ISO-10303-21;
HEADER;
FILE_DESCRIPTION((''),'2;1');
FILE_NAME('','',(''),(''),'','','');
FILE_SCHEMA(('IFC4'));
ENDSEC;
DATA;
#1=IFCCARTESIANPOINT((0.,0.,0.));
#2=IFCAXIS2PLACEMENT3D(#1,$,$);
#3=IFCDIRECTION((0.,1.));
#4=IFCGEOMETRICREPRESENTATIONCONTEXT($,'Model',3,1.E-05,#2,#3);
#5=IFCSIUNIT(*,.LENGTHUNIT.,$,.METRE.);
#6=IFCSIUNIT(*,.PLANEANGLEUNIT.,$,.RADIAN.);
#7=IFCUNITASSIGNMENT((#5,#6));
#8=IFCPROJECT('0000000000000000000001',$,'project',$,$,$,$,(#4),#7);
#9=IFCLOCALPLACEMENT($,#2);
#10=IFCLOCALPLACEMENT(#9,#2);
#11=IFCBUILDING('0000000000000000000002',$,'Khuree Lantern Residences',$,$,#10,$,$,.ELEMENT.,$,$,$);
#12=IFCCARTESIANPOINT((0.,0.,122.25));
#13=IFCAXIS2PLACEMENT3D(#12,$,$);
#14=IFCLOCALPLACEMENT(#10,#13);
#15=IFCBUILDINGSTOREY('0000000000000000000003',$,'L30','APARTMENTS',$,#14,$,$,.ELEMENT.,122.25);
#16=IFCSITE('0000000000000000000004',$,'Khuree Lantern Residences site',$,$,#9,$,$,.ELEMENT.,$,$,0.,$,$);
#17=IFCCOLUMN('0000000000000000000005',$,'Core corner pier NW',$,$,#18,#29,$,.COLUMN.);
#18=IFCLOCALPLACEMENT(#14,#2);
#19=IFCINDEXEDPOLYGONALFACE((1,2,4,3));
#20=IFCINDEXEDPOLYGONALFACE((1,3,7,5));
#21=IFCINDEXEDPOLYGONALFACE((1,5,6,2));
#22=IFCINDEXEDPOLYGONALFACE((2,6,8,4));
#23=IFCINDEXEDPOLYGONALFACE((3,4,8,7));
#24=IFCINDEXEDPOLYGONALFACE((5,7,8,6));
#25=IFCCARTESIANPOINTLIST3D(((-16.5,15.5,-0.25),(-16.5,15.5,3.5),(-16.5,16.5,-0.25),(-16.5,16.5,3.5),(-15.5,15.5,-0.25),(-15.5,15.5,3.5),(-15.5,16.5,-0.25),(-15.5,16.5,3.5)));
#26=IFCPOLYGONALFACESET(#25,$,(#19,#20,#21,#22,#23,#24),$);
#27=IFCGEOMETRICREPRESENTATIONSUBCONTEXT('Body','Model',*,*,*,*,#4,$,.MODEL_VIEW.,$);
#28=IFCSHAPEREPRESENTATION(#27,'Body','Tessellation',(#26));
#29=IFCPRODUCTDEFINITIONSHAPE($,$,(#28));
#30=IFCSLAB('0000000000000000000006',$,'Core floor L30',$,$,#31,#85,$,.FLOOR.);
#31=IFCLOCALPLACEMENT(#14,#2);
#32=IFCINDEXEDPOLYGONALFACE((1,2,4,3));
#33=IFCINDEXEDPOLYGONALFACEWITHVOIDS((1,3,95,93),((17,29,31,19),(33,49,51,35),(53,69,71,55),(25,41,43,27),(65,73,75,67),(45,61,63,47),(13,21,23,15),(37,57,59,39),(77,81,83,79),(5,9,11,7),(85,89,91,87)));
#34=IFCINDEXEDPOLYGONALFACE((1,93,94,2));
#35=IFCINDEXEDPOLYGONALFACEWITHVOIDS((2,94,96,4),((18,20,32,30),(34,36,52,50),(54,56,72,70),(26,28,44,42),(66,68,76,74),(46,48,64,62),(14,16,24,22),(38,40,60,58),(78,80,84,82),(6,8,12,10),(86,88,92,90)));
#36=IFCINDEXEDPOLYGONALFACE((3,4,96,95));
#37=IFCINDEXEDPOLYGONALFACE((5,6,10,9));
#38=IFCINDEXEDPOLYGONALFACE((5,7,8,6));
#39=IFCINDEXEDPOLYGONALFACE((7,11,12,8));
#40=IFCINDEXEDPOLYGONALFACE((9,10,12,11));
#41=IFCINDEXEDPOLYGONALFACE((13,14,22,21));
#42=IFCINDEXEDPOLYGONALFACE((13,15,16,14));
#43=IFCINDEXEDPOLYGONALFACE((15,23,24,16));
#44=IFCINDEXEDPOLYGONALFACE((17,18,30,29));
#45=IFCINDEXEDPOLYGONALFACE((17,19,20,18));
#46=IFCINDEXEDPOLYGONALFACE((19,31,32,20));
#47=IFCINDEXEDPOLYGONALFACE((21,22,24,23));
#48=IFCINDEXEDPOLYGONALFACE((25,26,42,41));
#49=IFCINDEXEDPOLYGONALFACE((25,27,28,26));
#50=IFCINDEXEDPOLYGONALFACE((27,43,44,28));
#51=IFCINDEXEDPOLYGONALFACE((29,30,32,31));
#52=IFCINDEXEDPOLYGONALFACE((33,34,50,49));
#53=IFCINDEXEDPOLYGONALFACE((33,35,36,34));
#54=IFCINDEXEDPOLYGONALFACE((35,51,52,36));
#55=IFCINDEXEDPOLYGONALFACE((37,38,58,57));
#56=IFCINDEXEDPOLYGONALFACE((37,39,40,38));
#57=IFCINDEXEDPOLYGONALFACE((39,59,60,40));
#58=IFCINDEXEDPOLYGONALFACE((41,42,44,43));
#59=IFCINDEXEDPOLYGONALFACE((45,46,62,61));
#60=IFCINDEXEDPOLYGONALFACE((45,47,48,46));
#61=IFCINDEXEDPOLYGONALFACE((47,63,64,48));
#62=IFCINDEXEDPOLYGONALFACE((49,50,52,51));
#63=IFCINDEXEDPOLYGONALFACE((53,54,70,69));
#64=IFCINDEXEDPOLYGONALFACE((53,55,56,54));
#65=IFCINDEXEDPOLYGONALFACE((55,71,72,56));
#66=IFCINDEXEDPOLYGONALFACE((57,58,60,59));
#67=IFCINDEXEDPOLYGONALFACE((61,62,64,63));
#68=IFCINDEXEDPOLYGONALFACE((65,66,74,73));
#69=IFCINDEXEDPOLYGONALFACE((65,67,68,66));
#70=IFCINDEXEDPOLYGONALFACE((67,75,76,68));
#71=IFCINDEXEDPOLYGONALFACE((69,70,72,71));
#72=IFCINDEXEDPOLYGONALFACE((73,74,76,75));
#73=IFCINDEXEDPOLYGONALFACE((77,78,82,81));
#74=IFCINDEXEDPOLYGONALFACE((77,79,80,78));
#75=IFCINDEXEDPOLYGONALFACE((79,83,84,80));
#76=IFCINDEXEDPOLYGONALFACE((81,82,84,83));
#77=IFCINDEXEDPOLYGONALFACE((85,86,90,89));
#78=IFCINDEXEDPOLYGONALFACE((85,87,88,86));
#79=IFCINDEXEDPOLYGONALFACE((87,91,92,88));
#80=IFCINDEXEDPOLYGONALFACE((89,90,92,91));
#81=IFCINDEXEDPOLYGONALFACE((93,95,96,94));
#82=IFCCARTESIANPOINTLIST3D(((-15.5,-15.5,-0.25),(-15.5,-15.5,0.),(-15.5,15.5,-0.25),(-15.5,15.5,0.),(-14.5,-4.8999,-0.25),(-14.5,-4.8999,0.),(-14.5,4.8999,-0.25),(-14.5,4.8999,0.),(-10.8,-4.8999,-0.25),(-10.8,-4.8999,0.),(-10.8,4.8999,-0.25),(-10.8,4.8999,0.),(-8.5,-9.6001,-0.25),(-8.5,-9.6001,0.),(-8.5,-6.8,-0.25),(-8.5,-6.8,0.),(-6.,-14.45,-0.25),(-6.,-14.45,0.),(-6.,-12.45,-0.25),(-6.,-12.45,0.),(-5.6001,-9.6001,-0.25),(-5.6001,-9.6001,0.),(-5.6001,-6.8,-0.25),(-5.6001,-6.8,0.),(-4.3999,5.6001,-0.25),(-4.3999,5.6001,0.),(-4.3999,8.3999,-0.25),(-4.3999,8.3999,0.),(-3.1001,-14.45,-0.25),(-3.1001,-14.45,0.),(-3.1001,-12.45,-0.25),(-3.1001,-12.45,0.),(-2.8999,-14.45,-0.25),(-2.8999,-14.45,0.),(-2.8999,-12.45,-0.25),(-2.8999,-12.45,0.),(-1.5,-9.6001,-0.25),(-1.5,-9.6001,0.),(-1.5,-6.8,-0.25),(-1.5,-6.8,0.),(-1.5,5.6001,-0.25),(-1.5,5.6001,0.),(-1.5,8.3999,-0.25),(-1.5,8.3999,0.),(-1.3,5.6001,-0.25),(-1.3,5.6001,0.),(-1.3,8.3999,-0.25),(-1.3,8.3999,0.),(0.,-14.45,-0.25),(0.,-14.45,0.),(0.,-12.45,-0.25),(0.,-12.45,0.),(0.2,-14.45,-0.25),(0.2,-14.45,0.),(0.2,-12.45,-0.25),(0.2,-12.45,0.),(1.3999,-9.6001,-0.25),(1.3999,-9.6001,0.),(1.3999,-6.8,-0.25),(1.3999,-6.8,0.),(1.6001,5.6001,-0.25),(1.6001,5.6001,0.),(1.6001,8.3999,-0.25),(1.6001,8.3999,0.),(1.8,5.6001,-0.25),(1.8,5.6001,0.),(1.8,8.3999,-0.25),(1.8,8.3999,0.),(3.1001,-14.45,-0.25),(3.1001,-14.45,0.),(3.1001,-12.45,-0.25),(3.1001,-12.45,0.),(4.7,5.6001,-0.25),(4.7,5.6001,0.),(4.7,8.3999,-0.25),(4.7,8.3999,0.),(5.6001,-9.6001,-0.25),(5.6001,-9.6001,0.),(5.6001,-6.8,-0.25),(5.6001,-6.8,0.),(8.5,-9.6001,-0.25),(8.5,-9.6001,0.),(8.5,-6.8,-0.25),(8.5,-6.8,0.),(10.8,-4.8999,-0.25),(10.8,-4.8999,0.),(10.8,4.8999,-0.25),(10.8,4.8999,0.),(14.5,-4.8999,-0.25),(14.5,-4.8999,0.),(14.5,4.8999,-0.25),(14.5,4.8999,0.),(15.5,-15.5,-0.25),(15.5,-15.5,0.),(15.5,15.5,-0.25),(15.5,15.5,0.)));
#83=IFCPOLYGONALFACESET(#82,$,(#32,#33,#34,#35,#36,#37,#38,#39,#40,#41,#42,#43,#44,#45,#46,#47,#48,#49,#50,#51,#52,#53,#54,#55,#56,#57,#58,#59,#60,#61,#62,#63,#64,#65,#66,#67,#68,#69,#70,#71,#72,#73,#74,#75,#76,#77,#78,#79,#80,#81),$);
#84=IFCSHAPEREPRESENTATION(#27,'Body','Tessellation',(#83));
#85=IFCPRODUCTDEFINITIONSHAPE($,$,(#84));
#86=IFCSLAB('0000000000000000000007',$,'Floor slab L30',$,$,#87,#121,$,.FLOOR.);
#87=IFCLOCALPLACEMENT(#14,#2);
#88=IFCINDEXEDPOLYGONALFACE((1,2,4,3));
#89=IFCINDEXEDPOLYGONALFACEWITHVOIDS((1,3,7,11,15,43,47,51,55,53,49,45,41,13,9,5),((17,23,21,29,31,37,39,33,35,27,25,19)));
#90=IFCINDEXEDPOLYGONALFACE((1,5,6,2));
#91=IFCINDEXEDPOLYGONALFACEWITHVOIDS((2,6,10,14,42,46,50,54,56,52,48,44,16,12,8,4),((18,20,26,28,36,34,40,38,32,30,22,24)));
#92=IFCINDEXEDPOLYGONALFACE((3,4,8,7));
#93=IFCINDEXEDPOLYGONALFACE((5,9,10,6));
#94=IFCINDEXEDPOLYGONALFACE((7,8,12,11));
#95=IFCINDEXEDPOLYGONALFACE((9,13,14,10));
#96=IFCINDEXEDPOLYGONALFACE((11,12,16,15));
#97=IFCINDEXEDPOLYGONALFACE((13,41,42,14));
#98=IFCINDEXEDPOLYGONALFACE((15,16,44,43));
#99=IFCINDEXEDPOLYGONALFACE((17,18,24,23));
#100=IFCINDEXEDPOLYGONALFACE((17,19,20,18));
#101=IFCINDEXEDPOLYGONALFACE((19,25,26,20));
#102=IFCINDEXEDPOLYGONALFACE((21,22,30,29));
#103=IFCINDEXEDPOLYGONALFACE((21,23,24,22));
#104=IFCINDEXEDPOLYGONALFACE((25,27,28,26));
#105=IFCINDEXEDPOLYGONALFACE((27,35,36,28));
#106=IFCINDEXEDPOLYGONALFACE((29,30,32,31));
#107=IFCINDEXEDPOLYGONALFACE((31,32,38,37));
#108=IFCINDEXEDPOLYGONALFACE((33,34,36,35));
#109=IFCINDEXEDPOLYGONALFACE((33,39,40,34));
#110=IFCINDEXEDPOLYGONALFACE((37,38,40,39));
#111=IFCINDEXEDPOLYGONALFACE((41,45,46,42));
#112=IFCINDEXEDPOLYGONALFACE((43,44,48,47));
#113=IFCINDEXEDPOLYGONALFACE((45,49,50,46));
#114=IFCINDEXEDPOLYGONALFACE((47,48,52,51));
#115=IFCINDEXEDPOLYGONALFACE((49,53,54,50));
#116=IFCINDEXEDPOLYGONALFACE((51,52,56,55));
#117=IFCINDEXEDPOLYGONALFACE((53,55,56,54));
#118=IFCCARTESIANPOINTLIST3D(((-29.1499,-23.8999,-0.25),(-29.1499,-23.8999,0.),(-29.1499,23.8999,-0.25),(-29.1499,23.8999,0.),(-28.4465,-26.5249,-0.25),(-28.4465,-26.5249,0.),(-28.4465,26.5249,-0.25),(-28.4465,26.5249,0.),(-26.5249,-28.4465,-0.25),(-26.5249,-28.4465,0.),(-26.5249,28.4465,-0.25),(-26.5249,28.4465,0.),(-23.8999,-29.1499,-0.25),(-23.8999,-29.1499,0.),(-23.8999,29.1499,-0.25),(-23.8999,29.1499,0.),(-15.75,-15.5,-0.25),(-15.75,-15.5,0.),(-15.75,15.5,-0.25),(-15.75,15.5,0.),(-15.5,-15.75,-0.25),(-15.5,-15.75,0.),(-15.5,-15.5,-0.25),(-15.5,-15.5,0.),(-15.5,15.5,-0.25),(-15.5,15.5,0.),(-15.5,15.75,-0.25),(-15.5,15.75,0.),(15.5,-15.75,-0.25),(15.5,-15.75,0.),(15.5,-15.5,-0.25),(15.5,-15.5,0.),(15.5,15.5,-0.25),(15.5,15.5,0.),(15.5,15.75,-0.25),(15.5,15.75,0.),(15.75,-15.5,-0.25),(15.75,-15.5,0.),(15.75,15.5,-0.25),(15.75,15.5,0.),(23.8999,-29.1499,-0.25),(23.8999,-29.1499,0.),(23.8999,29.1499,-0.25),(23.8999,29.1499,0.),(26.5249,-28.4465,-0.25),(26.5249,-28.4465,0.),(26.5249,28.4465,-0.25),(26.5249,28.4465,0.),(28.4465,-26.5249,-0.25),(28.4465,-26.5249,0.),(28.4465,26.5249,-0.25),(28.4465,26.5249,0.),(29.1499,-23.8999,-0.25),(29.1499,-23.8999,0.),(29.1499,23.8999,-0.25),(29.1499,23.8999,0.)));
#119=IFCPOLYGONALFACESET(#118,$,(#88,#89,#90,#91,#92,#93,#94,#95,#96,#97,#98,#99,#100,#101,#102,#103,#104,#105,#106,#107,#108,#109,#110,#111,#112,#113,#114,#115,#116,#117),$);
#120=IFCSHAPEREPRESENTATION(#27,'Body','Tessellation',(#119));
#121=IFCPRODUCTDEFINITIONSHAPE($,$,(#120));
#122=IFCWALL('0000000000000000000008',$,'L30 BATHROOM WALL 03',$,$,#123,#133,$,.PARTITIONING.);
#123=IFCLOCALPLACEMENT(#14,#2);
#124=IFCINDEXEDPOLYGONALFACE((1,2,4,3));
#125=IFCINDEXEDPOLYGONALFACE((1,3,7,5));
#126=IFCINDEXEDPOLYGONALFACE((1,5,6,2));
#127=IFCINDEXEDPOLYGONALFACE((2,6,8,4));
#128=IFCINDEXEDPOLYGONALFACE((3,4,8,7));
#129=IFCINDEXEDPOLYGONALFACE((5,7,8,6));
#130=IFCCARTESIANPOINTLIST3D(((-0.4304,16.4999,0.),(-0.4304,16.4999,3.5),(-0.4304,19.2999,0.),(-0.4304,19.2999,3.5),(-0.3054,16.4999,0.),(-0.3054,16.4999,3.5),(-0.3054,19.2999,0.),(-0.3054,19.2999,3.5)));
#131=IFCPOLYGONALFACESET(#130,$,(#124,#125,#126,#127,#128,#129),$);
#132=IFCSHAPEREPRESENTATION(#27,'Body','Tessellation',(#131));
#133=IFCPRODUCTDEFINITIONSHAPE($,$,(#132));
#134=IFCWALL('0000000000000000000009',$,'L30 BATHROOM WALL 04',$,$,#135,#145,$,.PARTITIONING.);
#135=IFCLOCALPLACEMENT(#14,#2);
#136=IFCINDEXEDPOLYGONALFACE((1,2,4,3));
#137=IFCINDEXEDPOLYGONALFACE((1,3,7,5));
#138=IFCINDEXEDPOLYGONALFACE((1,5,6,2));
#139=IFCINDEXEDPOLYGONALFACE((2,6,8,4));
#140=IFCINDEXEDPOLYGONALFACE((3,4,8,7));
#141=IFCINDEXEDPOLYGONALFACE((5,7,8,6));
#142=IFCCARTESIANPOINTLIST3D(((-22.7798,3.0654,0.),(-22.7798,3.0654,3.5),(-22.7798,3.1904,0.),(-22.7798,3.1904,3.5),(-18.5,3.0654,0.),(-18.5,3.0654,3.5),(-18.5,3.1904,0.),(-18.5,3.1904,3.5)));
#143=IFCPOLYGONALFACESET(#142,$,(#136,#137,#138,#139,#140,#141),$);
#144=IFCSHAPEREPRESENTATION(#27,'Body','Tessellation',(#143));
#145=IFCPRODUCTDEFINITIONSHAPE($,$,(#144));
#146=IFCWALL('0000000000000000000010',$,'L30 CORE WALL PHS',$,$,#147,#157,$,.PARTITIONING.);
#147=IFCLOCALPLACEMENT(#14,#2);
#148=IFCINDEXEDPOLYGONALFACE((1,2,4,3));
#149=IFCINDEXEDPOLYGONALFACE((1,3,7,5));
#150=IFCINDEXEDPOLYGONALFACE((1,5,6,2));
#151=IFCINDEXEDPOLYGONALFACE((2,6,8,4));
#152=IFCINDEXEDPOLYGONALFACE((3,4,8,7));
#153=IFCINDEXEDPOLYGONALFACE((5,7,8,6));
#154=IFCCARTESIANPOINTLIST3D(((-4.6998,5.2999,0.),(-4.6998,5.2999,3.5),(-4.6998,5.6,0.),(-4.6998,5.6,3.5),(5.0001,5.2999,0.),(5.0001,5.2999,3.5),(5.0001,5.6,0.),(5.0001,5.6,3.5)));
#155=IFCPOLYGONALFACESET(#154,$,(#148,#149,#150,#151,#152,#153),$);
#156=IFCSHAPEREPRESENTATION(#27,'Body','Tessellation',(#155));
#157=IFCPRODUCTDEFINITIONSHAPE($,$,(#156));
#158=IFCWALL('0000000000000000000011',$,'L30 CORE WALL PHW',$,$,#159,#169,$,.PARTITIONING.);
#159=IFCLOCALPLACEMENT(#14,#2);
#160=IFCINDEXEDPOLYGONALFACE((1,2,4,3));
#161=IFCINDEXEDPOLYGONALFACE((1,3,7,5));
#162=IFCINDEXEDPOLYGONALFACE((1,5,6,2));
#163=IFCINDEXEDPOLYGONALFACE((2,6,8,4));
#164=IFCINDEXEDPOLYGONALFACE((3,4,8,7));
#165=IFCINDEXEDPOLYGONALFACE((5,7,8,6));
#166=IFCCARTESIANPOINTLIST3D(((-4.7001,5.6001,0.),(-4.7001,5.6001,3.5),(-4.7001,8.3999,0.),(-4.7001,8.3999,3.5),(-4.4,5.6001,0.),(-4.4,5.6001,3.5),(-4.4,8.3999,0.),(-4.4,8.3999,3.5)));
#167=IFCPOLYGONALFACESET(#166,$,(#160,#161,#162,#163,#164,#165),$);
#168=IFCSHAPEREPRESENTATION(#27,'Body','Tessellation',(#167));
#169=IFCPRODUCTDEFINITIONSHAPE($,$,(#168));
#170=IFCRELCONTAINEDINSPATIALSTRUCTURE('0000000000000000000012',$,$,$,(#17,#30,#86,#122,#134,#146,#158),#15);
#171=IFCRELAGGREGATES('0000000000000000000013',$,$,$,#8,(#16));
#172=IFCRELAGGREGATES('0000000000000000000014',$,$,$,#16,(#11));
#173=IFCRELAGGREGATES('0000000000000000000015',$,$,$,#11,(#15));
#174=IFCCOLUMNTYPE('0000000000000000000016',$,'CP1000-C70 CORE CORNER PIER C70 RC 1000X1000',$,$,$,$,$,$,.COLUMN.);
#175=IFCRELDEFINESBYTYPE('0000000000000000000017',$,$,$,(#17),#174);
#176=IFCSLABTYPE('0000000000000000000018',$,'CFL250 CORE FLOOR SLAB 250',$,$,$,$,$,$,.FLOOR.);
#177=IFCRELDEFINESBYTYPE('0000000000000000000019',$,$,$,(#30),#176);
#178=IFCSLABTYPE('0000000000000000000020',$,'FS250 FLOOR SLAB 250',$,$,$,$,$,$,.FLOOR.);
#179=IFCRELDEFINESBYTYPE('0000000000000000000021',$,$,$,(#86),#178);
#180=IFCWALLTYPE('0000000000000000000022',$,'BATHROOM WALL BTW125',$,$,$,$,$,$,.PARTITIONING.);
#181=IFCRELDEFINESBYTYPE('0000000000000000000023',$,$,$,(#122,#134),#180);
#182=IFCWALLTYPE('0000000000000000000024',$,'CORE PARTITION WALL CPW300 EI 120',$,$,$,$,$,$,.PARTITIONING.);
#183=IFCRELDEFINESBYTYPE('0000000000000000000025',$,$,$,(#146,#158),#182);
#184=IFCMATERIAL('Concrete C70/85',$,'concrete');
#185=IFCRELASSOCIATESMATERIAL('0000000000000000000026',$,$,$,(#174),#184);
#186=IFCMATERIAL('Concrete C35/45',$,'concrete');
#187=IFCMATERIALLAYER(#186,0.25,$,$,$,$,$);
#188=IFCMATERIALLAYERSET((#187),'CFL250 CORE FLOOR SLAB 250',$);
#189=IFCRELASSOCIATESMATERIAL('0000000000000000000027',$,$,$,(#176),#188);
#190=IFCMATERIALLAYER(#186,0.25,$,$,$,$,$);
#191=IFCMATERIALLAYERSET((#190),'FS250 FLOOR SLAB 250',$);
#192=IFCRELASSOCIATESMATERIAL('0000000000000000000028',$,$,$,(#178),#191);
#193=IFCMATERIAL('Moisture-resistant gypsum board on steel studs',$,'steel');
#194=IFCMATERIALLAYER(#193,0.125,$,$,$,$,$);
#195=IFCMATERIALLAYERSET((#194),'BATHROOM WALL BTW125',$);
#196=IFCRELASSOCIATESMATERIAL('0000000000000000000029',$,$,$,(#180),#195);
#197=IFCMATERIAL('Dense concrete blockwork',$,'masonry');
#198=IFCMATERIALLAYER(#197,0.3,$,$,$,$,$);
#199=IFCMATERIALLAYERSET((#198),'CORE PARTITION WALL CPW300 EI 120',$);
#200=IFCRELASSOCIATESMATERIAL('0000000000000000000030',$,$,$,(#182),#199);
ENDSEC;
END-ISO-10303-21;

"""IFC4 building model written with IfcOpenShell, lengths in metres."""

from ifc_helpers import new_model, si_unit, direction, frame, frame_2d, origin, origin_2d, place, context, subcontext, project, spatial, polyline, rectangle, outline, extrude, material, layer, layer_set, material_profile, profile_set, type_object, element, save


model = new_model("IFC4")

# Units and contexts
model_context = context("Model", 3, precision=1e-05, world=origin(), true_north=direction((0.0, 1.0)))
body_context = subcontext(model_context, "Body", "Model", "MODEL_VIEW")
ifc_project = project(units=[si_unit("LENGTHUNIT", "METRE"), si_unit("PLANEANGLEUNIT", "RADIAN")], contexts=[model_context])

# Site, building, storey
site_placement = place(None, origin())
site = spatial("IfcSite", under=ifc_project, at=site_placement, Name="Khuree Lantern Residences site", CompositionType="ELEMENT", RefElevation=0.0)
building_placement = place(site_placement, origin())
building = spatial("IfcBuilding", under=site, at=building_placement, Name="Khuree Lantern Residences", CompositionType="ELEMENT")
storey_placement = place(building_placement, frame((0.0, 0.0, 122.25)))
storey = spatial("IfcBuildingStorey", under=building, at=storey_placement, Name="L30", Description="APARTMENTS", CompositionType="ELEMENT", Elevation=122.25)

# Column
ifc_material_1 = material(Name="Concrete C70/85", Category="concrete")
ifc_material_profile = material_profile(ifc_material_1, rectangle(XDim=1.0, YDim=1.0, at=origin_2d()), Name="RC 1000X1000")
ifc_profile_set = profile_set([ifc_material_profile], Name="Concrete C70/85")
column_type = type_object("IfcColumnType", Name="CP1000-C70 CORE CORNER PIER C70 RC 1000X1000", PredefinedType="COLUMN", material=ifc_profile_set)
column_placement = place(storey_placement, frame((-16.0, 16.0, -0.25), z_axis=(0.0, 0.0, 1.0), x_axis=(1.0, 0.0, 0.0)))
element("IfcColumn", 1, at=column_placement, inside=storey, type_object=column_type, Name="Core corner pier NW", PredefinedType="COLUMN", context=body_context, shape_type="SweptSolid", body=[
    extrude(rectangle(XDim=1.0, YDim=1.0, at=origin_2d()), origin(), (0.0, 0.0, 1.0), 3.75),
])

# Slabs
ifc_material_2 = material(Name="Concrete C35/45", Category="concrete")
ifc_layer_1 = layer(ifc_material_2, 0.25)
ifc_layer_set_1 = layer_set([ifc_layer_1], Name="CFL250 CORE FLOOR SLAB 250")
slab_type_1 = type_object("IfcSlabType", Name="CFL250 CORE FLOOR SLAB 250", PredefinedType="FLOOR", material=ifc_layer_set_1)
slab_1_placement = place(storey_placement, frame((0.0, 0.0, -0.25)))
element("IfcSlab", 2, at=slab_1_placement, inside=storey, type_object=slab_type_1, Name="Core floor L30", PredefinedType="FLOOR", context=body_context, shape_type="SweptSolid", body=[
    extrude(outline(polyline([(-15.5, -15.5), (-15.5, 15.5), (15.5, 15.5), (15.5, -15.5), (-15.5, -15.5)]), holes=[polyline([(10.8, 4.8999), (10.8, -4.8999), (14.5, -4.8999), (14.5, 4.8999), (10.8, 4.8999)]), polyline([(8.5, -6.8), (5.6001, -6.8), (5.6001, -9.6001), (8.5, -9.6001), (8.5, -6.8)]), polyline([(4.7, 8.3999), (1.8, 8.3999), (1.8, 5.6001), (4.7, 5.6001), (4.7, 8.3999)]), polyline([(3.1001, -12.45), (0.2, -12.45), (0.2, -14.45), (3.1001, -14.45), (3.1001, -12.45)]), polyline([(1.6001, 8.3999), (-1.3, 8.3999), (-1.3, 5.6001), (1.6001, 5.6001), (1.6001, 8.3999)]), polyline([(1.3999, -6.8), (-1.5, -6.8), (-1.5, -9.6001), (1.3999, -9.6001), (1.3999, -6.8)]), polyline([(-2.8999, -12.45), (-2.8999, -14.45), (0.0, -14.45), (0.0, -12.45), (-2.8999, -12.45)]), polyline([(-4.3999, 8.3999), (-4.3999, 5.6001), (-1.5, 5.6001), (-1.5, 8.3999), (-4.3999, 8.3999)]), polyline([(-6.0, -12.45), (-6.0, -14.45), (-3.1001, -14.45), (-3.1001, -12.45), (-6.0, -12.45)]), polyline([(-8.5, -6.8), (-8.5, -9.6001), (-5.6001, -9.6001), (-5.6001, -6.8), (-8.5, -6.8)]), polyline([(-10.8, 4.8999), (-14.5, 4.8999), (-14.5, -4.8999), (-10.8, -4.8999), (-10.8, 4.8999)])]), origin(), (0.0, 0.0, 1.0), 0.25),
])
ifc_layer_2 = layer(ifc_material_2, 0.25)
ifc_layer_set_2 = layer_set([ifc_layer_2], Name="FS250 FLOOR SLAB 250")
slab_type_2 = type_object("IfcSlabType", Name="FS250 FLOOR SLAB 250", PredefinedType="FLOOR", material=ifc_layer_set_2)
slab_2_placement = place(storey_placement, frame((0.0, 0.0, -0.25)))
element("IfcSlab", 3, at=slab_2_placement, inside=storey, type_object=slab_type_2, Name="Floor slab L30", PredefinedType="FLOOR", context=body_context, shape_type="SweptSolid", body=[
    extrude(outline(polyline([(-26.5249, -28.4465), (-28.4465, -26.5249), (-29.1499, -23.8999), (-29.1499, 23.8999), (-28.4465, 26.5249), (-26.5249, 28.4465), (-23.8999, 29.1499), (23.8999, 29.1499), (26.5249, 28.4465), (28.4465, 26.5249), (29.1499, 23.8999), (29.1499, -23.8999), (28.4465, -26.5249), (26.5249, -28.4465), (23.8999, -29.1499), (-23.8999, -29.1499), (-26.5249, -28.4465)]), holes=[polyline([(15.75, 15.5), (15.5, 15.5), (15.5, 15.75), (-15.5, 15.75), (-15.5, 15.5), (-15.75, 15.5), (-15.75, -15.5), (-15.5, -15.5), (-15.5, -15.75), (15.5, -15.75), (15.5, -15.5), (15.75, -15.5), (15.75, 15.5)])]), origin(), (0.0, 0.0, 1.0), 0.25),
])

# Walls
ifc_material_3 = material(Name="Moisture-resistant gypsum board on steel studs", Category="steel")
ifc_layer_3 = layer(ifc_material_3, 0.125)
ifc_layer_set_3 = layer_set([ifc_layer_3], Name="BATHROOM WALL BTW125")
wall_type_1 = type_object("IfcWallType", Name="BATHROOM WALL BTW125", PredefinedType="PARTITIONING", material=ifc_layer_set_3)
wall_1_placement = place(storey_placement, frame((-0.3679, 16.5, 0.0), z_axis=(0.0, 0.0, 1.0), x_axis=(0.0, 1.0, 0.0)))
element("IfcWall", 4, at=wall_1_placement, inside=storey, type_object=wall_type_1, Name="L30 BATHROOM WALL 03", PredefinedType="PARTITIONING", context=body_context, shape_type="SweptSolid", body=[
    extrude(rectangle(XDim=2.8, YDim=0.125, at=frame_2d((1.3999, 0.0))), origin(), (0.0, 0.0, 1.0), 3.5),
])
wall_2_placement = place(storey_placement, frame((-18.5, 3.1279, 0.0), z_axis=(0.0, 0.0, 1.0), x_axis=(-1.0, 0.0, 0.0)))
element("IfcWall", 5, at=wall_2_placement, inside=storey, type_object=wall_type_1, Name="L30 BATHROOM WALL 04", PredefinedType="PARTITIONING", context=body_context, shape_type="SweptSolid", body=[
    extrude(rectangle(XDim=4.2798, YDim=0.125, at=frame_2d((2.1399, 0.0))), origin(), (0.0, 0.0, 1.0), 3.5),
])
ifc_material_4 = material(Name="Dense concrete blockwork", Category="masonry")
ifc_layer_4 = layer(ifc_material_4, 0.3)
ifc_layer_set_4 = layer_set([ifc_layer_4], Name="CORE PARTITION WALL CPW300 EI 120")
wall_type_2 = type_object("IfcWallType", Name="CORE PARTITION WALL CPW300 EI 120", PredefinedType="PARTITIONING", material=ifc_layer_set_4)
wall_3_placement = place(storey_placement, frame((-4.7, 5.45, 0.0), z_axis=(0.0, 0.0, 1.0), x_axis=(1.0, 0.0, 0.0)))
element("IfcWall", 6, at=wall_3_placement, inside=storey, type_object=wall_type_2, Name="L30 CORE WALL PHS", PredefinedType="PARTITIONING", context=body_context, shape_type="SweptSolid", body=[
    extrude(rectangle(XDim=9.7, YDim=0.3, at=frame_2d((4.8501, 0.0))), origin(), (0.0, 0.0, 1.0), 3.5),
])
wall_4_placement = place(storey_placement, frame((-4.55, 5.6001, 0.0), z_axis=(0.0, 0.0, 1.0), x_axis=(0.0, 1.0, 0.0)))
element("IfcWall", 7, at=wall_4_placement, inside=storey, type_object=wall_type_2, Name="L30 CORE WALL PHW", PredefinedType="PARTITIONING", context=body_context, shape_type="SweptSolid", body=[
    extrude(rectangle(XDim=2.7998, YDim=0.3, at=frame_2d((1.3999, 0.0))), origin(), (0.0, 0.0, 1.0), 3.5),
])

save(model, "model.ifc")
